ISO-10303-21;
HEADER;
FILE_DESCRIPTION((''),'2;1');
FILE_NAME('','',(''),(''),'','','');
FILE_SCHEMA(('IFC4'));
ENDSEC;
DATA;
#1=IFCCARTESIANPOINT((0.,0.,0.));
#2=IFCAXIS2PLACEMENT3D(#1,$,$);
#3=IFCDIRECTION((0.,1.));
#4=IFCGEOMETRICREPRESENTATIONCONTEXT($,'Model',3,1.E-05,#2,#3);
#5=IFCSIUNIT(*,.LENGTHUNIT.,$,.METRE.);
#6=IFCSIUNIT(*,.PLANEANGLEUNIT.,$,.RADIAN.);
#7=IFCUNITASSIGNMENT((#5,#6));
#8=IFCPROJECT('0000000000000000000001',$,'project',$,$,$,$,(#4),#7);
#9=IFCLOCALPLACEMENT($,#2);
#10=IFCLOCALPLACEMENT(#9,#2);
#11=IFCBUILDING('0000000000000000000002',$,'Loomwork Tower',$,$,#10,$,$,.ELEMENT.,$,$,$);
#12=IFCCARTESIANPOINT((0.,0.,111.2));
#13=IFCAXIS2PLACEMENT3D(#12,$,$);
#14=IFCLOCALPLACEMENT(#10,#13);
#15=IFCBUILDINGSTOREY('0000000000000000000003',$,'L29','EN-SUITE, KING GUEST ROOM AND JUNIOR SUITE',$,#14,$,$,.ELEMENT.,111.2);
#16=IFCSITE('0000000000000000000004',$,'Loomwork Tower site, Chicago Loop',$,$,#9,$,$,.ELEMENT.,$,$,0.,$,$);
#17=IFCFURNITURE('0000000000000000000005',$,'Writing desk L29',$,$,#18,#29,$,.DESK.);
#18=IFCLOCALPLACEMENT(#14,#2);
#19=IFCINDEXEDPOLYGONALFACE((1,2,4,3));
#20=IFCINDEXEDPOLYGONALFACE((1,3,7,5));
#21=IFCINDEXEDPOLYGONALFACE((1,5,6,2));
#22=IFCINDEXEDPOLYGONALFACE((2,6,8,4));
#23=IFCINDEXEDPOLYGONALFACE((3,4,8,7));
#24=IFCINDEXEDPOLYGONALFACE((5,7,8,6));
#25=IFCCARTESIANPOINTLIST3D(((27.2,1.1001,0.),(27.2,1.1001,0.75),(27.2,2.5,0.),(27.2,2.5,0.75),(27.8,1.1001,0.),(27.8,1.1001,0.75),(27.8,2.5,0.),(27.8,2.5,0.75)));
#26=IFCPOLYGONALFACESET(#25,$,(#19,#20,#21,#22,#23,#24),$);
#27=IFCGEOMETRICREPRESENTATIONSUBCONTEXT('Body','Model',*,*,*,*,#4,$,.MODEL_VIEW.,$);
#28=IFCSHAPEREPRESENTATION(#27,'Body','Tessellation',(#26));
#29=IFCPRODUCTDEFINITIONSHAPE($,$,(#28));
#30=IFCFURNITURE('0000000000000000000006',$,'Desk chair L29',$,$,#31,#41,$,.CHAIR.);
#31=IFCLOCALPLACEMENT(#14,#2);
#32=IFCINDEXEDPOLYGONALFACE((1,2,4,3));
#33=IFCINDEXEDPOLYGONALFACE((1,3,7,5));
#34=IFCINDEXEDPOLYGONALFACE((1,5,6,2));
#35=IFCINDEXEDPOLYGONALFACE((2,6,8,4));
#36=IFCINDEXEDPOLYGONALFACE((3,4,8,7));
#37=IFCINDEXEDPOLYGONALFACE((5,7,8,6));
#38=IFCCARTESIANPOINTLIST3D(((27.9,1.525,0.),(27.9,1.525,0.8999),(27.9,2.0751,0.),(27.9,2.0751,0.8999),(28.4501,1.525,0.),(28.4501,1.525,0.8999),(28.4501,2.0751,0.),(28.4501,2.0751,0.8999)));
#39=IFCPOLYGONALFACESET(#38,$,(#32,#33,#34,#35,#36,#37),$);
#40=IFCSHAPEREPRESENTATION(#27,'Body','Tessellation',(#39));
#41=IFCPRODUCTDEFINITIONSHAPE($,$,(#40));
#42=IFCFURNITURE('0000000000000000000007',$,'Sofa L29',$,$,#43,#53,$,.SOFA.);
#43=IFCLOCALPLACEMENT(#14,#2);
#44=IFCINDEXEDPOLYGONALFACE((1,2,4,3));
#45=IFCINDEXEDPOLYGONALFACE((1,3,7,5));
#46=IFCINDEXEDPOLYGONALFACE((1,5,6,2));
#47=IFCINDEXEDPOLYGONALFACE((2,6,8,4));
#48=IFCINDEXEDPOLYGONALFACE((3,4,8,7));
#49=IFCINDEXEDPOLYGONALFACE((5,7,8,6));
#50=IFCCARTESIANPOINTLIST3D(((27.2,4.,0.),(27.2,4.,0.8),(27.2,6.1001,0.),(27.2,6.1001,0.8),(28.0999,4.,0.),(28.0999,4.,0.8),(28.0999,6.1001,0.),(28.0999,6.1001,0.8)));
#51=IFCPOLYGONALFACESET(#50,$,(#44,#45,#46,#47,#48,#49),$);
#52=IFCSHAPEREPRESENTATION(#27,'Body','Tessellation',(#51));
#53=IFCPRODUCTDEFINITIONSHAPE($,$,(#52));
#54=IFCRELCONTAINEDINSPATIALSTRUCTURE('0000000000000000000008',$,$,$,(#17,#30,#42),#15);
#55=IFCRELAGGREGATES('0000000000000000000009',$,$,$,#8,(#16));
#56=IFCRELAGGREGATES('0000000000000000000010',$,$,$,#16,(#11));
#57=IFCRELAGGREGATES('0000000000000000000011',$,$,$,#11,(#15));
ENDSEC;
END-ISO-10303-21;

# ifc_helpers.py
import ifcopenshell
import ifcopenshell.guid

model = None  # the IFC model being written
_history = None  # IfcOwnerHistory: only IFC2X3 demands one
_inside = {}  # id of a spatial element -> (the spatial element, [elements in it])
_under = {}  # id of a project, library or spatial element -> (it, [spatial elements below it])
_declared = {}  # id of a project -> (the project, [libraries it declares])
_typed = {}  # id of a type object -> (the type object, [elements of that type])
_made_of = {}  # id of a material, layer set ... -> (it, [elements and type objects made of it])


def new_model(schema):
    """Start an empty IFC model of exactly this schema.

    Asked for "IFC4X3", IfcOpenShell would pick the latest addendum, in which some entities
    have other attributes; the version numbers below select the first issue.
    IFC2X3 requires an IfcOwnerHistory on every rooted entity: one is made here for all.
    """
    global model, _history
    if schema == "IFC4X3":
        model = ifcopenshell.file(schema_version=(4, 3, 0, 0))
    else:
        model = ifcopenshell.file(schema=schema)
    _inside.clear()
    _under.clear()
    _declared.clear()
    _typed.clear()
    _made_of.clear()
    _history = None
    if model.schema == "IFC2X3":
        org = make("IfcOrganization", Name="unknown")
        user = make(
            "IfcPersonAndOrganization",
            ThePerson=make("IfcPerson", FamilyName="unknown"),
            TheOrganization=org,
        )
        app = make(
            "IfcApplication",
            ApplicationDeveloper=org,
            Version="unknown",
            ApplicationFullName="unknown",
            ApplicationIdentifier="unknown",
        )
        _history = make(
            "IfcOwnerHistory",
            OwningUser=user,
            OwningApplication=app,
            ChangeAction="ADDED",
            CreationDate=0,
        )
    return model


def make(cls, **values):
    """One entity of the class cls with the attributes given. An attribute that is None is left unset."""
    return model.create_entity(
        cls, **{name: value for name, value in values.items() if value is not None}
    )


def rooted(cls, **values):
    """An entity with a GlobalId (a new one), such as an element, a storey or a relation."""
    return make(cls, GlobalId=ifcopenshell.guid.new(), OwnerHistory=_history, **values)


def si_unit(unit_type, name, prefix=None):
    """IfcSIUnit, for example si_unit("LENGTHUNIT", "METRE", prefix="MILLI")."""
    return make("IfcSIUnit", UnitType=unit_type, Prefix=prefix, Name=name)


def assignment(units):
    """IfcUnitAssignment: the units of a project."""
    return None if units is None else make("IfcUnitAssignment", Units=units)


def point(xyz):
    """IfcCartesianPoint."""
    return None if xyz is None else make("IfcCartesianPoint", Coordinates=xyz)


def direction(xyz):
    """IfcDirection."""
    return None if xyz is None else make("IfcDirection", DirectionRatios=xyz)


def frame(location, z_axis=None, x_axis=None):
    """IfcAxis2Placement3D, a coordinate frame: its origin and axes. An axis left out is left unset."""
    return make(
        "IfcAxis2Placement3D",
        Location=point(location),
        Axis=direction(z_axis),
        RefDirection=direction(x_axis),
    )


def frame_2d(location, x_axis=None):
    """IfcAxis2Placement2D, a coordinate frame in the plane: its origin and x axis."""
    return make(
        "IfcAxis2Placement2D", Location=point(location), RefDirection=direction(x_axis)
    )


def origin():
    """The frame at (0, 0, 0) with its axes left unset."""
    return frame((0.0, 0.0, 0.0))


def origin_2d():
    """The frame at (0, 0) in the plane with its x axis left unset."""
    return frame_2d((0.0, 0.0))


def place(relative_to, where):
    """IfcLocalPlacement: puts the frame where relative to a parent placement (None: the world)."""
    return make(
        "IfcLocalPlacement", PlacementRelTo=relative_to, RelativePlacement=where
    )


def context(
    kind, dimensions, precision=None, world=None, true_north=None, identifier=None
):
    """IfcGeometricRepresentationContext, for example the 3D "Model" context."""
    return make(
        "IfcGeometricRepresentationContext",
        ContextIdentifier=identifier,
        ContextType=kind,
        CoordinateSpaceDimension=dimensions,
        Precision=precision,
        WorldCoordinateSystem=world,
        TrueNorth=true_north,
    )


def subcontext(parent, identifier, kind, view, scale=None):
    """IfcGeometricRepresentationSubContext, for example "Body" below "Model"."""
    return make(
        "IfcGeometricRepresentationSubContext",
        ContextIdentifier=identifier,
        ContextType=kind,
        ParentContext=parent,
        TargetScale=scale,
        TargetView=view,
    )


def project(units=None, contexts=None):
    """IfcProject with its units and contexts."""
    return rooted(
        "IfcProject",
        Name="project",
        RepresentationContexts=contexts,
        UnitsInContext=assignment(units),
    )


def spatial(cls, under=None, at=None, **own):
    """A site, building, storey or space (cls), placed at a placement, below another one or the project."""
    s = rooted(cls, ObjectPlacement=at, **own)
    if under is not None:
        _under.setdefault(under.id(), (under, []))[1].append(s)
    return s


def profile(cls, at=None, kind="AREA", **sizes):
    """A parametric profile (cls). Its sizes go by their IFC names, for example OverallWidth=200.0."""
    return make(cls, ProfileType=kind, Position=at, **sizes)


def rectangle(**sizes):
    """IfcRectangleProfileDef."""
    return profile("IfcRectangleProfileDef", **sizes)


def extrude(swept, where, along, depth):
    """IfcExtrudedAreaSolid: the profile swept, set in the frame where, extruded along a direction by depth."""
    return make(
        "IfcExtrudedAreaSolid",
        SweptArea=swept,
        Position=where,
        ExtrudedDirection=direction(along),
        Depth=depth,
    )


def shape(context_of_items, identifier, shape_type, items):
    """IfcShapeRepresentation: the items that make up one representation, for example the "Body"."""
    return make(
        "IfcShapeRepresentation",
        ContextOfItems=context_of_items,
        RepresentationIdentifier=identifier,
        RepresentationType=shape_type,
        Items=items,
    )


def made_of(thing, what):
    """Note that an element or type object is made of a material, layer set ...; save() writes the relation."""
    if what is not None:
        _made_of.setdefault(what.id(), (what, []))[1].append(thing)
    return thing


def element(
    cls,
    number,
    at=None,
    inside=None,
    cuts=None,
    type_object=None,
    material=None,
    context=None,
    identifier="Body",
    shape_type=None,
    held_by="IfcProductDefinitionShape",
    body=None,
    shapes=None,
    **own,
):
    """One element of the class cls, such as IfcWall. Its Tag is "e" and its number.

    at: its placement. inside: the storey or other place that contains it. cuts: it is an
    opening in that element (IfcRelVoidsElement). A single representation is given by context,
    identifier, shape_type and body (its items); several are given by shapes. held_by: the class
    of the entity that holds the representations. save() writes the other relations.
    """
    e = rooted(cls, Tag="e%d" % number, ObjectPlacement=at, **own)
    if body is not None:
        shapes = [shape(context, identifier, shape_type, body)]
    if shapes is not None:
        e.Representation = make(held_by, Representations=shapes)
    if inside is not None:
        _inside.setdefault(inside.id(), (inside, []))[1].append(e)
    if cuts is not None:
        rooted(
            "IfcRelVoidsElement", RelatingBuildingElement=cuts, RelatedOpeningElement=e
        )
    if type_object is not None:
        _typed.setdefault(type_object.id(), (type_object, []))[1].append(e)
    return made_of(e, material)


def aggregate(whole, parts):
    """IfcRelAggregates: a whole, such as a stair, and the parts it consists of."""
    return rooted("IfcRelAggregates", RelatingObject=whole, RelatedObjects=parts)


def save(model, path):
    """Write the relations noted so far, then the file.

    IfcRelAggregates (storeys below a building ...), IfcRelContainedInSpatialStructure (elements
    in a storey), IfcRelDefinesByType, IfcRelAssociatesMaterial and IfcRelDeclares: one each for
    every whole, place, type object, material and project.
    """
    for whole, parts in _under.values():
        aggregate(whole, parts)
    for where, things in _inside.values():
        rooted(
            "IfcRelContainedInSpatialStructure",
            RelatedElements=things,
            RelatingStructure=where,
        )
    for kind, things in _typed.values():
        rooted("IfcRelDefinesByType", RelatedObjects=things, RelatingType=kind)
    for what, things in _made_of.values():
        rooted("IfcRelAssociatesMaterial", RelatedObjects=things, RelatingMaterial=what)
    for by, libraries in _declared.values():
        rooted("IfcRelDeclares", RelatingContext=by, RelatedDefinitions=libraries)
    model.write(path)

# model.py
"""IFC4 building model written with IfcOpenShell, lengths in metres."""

from ifc_helpers import new_model, si_unit, direction, frame, origin, origin_2d, place, context, subcontext, project, spatial, rectangle, extrude, element, save


model = new_model("IFC4")

# Units and contexts
model_context = context("Model", 3, precision=1e-05, world=origin(), true_north=direction((0.0, 1.0)))
body_context = subcontext(model_context, "Body", "Model", "MODEL_VIEW")
ifc_project = project(units=[si_unit("LENGTHUNIT", "METRE"), si_unit("PLANEANGLEUNIT", "RADIAN")], contexts=[model_context])

# Site, building, storey
site_placement = place(None, origin())
site = spatial("IfcSite", under=ifc_project, at=site_placement, Name="Loomwork Tower site, Chicago Loop", CompositionType="ELEMENT", RefElevation=0.0)
building_placement = place(site_placement, origin())
building = spatial("IfcBuilding", under=site, at=building_placement, Name="Loomwork Tower", CompositionType="ELEMENT")
storey_placement = place(building_placement, frame((0.0, 0.0, 111.2)))
storey = spatial("IfcBuildingStorey", under=building, at=storey_placement, Name="L29", Description="EN-SUITE, KING GUEST ROOM AND JUNIOR SUITE", CompositionType="ELEMENT", Elevation=111.2)

# Furniture
furniture_1_placement = place(storey_placement, frame((27.5, 1.8, 0.0), z_axis=(0.0, 0.0, 1.0), x_axis=(1.0, 0.0, 0.0)))
element("IfcFurniture", 1, at=furniture_1_placement, inside=storey, Name="Writing desk L29", PredefinedType="DESK", context=body_context, shape_type="SweptSolid", body=[
    extrude(rectangle(XDim=0.6001, YDim=1.3999, at=origin_2d()), origin(), (0.0, 0.0, 1.0), 0.75),
])
furniture_2_placement = place(storey_placement, frame((28.175, 1.8, 0.0), z_axis=(0.0, 0.0, 1.0), x_axis=(1.0, 0.0, 0.0)))
element("IfcFurniture", 2, at=furniture_2_placement, inside=storey, Name="Desk chair L29", PredefinedType="CHAIR", context=body_context, shape_type="SweptSolid", body=[
    extrude(rectangle(XDim=0.55, YDim=0.55, at=origin_2d()), origin(), (0.0, 0.0, 1.0), 0.8999),
])
furniture_3_placement = place(storey_placement, frame((27.6499, 5.05, 0.0), z_axis=(0.0, 0.0, 1.0), x_axis=(1.0, 0.0, 0.0)))
element("IfcFurniture", 3, at=furniture_3_placement, inside=storey, Name="Sofa L29", PredefinedType="SOFA", context=body_context, shape_type="SweptSolid", body=[
    extrude(rectangle(XDim=0.8999, YDim=2.1001, at=origin_2d()), origin(), (0.0, 0.0, 1.0), 0.8),
])

save(model, "model.ifc")
